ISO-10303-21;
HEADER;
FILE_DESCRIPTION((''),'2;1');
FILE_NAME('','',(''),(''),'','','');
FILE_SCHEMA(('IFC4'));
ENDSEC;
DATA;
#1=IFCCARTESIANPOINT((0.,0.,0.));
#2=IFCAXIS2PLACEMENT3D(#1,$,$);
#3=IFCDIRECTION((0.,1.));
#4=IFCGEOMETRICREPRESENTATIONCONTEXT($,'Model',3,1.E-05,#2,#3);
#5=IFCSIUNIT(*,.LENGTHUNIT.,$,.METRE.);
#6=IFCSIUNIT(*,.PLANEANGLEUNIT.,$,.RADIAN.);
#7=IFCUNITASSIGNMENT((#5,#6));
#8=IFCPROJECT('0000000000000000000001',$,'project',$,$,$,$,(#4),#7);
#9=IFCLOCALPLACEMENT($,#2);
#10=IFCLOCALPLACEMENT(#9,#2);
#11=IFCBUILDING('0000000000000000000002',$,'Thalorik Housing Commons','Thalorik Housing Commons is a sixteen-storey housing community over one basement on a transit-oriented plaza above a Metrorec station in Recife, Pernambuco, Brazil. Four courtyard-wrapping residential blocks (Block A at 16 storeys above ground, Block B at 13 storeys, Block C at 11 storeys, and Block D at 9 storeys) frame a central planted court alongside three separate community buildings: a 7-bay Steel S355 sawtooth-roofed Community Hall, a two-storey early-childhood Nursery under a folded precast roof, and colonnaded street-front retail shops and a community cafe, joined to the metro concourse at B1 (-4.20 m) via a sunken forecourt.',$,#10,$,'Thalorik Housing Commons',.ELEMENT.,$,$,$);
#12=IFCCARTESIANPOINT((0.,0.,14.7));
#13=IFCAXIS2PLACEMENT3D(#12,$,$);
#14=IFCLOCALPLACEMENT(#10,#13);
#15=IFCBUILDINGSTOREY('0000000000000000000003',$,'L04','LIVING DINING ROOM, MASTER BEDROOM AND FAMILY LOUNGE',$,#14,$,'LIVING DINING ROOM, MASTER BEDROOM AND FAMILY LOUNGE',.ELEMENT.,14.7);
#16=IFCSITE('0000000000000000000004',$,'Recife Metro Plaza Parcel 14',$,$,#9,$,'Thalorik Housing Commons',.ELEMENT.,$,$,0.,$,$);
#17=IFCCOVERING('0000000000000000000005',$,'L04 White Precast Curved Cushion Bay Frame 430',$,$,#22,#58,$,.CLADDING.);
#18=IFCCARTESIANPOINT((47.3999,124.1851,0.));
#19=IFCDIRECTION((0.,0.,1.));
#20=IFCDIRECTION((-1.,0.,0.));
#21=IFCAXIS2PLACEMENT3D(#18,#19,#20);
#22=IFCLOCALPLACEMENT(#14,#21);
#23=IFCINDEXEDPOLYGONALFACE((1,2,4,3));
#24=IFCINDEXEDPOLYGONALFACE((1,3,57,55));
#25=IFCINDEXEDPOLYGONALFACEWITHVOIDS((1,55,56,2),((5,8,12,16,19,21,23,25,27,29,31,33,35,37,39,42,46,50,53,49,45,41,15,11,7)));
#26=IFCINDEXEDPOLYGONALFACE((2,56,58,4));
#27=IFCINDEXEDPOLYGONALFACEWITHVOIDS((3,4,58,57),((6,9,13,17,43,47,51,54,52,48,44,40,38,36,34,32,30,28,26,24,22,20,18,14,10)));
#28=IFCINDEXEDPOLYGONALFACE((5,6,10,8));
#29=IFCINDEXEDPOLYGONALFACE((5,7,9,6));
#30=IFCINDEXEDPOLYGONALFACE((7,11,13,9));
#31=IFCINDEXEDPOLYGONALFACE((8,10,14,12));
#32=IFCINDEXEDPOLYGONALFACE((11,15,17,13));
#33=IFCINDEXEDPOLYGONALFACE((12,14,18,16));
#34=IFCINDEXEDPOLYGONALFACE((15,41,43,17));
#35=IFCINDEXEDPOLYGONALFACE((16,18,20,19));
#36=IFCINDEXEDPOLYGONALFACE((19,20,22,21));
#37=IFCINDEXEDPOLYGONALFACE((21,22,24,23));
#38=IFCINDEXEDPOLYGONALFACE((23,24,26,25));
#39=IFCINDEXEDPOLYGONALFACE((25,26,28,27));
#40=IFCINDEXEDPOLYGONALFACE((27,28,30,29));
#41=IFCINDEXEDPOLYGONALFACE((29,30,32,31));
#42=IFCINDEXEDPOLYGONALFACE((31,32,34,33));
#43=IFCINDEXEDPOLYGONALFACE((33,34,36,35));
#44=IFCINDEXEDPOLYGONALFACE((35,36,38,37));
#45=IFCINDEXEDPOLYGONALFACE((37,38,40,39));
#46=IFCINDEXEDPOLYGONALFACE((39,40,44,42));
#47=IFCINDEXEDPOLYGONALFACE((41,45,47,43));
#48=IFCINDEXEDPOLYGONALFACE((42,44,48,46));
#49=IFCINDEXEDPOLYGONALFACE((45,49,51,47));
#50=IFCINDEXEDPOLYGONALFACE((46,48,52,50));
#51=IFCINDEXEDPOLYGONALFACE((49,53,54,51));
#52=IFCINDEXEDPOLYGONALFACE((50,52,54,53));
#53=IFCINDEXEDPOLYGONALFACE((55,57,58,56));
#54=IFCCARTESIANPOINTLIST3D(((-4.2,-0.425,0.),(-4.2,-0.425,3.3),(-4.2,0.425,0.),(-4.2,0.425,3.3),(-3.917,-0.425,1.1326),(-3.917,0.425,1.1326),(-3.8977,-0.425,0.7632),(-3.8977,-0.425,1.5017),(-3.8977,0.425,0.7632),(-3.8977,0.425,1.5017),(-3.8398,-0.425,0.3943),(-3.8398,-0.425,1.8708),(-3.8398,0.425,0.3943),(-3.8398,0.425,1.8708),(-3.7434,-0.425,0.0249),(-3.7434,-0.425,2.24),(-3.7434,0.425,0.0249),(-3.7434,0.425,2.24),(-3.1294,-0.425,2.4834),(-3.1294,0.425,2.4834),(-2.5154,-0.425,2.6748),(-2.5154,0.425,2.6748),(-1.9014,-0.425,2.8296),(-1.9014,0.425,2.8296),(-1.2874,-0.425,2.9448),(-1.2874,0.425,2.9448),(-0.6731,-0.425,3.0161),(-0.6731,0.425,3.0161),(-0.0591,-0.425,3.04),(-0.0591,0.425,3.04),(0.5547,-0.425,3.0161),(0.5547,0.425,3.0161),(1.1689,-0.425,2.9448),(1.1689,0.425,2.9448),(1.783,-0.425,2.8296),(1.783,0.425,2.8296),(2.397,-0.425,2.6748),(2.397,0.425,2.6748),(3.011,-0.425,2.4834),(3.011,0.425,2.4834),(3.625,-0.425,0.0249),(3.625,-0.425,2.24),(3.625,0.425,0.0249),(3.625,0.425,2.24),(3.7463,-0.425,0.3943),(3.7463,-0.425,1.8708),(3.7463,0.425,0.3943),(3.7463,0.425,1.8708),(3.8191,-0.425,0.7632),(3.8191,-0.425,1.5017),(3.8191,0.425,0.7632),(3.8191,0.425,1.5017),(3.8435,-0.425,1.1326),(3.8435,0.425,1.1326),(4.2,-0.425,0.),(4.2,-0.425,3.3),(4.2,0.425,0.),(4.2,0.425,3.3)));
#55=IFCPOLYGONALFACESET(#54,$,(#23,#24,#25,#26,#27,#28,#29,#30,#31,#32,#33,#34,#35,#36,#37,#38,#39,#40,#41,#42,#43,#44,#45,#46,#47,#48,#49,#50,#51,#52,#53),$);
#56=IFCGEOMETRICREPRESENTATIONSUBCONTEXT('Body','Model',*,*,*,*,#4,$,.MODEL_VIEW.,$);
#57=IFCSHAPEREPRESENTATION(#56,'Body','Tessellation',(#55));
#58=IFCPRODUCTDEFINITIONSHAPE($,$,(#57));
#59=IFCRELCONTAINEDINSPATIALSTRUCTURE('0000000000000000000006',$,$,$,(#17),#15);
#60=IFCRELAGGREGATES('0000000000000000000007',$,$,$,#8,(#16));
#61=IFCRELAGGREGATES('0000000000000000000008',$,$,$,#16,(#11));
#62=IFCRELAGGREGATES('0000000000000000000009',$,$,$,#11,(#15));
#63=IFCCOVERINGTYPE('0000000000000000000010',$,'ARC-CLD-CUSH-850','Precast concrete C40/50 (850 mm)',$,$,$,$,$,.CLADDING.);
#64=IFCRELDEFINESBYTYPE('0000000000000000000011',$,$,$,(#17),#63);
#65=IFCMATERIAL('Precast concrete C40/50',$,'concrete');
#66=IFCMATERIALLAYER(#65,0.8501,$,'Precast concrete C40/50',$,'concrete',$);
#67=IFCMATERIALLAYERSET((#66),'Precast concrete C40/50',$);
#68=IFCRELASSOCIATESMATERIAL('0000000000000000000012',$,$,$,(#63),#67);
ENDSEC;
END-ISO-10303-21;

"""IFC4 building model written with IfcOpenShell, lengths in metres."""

from ifc_helpers import new_model, si_unit, direction, frame, origin, place, context, subcontext, project, spatial, polyline, outline, extrude, material, layer, layer_set, type_object, element, save


model = new_model("IFC4")

# Units and contexts
model_context = context("Model", 3, precision=1e-05, world=origin(), true_north=direction((0.0, 1.0)))
body_context = subcontext(model_context, "Body", "Model", "MODEL_VIEW")
ifc_project = project(units=[si_unit("LENGTHUNIT", "METRE"), si_unit("PLANEANGLEUNIT", "RADIAN")], contexts=[model_context])

# Site, building, storey
site_placement = place(None, origin())
site = spatial("IfcSite", under=ifc_project, at=site_placement, Name="Recife Metro Plaza Parcel 14", LongName="Thalorik Housing Commons", CompositionType="ELEMENT", RefElevation=0.0)
building_placement = place(site_placement, origin())
building = spatial("IfcBuilding", under=site, at=building_placement, Name="Thalorik Housing Commons", Description="Thalorik Housing Commons is a sixteen-storey housing community over one basement on a transit-oriented plaza above a Metrorec station in Recife, Pernambuco, Brazil. Four courtyard-wrapping residential blocks (Block A at 16 storeys above ground, Block B at 13 storeys, Block C at 11 storeys, and Block D at 9 storeys) frame a central planted court alongside three separate community buildings: a 7-bay Steel S355 sawtooth-roofed Community Hall, a two-storey early-childhood Nursery under a folded precast roof, and colonnaded street-front retail shops and a community cafe, joined to the metro concourse at B1 (-4.20 m) via a sunken forecourt.", LongName="Thalorik Housing Commons", CompositionType="ELEMENT")
storey_placement = place(building_placement, frame((0.0, 0.0, 14.7)))
storey = spatial("IfcBuildingStorey", under=building, at=storey_placement, Name="L04", Description="LIVING DINING ROOM, MASTER BEDROOM AND FAMILY LOUNGE", LongName="LIVING DINING ROOM, MASTER BEDROOM AND FAMILY LOUNGE", CompositionType="ELEMENT", Elevation=14.7)

# Shared definitions
ifc_material_1 = material(Name="Precast concrete C40/50", Category="concrete")

# Covering
ifc_layer_1 = layer(ifc_material_1, 0.8501, Name="Precast concrete C40/50", Category="concrete")
ifc_layer_set_1 = layer_set([ifc_layer_1], Name="Precast concrete C40/50")
covering_type_1 = type_object("IfcCoveringType", Name="ARC-CLD-CUSH-850", Description="Precast concrete C40/50 (850 mm)", PredefinedType="CLADDING", material=ifc_layer_set_1)
covering_1_placement = place(storey_placement, frame((47.3999, 124.1851, 0.0), z_axis=(0.0, 0.0, 1.0), x_axis=(-1.0, 0.0, 0.0)))
element("IfcCovering", 1, at=covering_1_placement, inside=storey, type_object=covering_type_1, Name="L04 White Precast Curved Cushion Bay Frame 430", PredefinedType="CLADDING", context=body_context, shape_type="SweptSolid", body=[
    extrude(outline(polyline([(-4.2, 0.0), (4.2, 0.0), (4.2, 3.3), (-4.2, 3.3), (-4.2, 0.0)]), holes=[polyline([(3.625, 0.0249), (3.7463, 0.3943), (3.8191, 0.7632), (3.8435, 1.1326), (3.8191, 1.5017), (3.7463, 1.8708), (3.625, 2.24), (3.011, 2.4834), (2.397, 2.6748), (1.783, 2.8296), (1.1689, 2.9448), (0.5547, 3.0161), (-0.0591, 3.04), (-0.6731, 3.0161), (-1.2874, 2.9448), (-1.9014, 2.8296), (-2.5154, 2.6748), (-3.1294, 2.4834), (-3.7434, 2.24), (-3.8398, 1.8708), (-3.8977, 1.5017), (-3.917, 1.1326), (-3.8977, 0.7632), (-3.8398, 0.3943), (-3.7434, 0.0249), (3.625, 0.0249)])]), frame((0.0, 0.425, 0.0), z_axis=(0.0, -1.0, 0.0), x_axis=(1.0, 0.0, 0.0)), (0.0, 0.0, 1.0), 0.8501),
])

save(model, "model.ifc")
